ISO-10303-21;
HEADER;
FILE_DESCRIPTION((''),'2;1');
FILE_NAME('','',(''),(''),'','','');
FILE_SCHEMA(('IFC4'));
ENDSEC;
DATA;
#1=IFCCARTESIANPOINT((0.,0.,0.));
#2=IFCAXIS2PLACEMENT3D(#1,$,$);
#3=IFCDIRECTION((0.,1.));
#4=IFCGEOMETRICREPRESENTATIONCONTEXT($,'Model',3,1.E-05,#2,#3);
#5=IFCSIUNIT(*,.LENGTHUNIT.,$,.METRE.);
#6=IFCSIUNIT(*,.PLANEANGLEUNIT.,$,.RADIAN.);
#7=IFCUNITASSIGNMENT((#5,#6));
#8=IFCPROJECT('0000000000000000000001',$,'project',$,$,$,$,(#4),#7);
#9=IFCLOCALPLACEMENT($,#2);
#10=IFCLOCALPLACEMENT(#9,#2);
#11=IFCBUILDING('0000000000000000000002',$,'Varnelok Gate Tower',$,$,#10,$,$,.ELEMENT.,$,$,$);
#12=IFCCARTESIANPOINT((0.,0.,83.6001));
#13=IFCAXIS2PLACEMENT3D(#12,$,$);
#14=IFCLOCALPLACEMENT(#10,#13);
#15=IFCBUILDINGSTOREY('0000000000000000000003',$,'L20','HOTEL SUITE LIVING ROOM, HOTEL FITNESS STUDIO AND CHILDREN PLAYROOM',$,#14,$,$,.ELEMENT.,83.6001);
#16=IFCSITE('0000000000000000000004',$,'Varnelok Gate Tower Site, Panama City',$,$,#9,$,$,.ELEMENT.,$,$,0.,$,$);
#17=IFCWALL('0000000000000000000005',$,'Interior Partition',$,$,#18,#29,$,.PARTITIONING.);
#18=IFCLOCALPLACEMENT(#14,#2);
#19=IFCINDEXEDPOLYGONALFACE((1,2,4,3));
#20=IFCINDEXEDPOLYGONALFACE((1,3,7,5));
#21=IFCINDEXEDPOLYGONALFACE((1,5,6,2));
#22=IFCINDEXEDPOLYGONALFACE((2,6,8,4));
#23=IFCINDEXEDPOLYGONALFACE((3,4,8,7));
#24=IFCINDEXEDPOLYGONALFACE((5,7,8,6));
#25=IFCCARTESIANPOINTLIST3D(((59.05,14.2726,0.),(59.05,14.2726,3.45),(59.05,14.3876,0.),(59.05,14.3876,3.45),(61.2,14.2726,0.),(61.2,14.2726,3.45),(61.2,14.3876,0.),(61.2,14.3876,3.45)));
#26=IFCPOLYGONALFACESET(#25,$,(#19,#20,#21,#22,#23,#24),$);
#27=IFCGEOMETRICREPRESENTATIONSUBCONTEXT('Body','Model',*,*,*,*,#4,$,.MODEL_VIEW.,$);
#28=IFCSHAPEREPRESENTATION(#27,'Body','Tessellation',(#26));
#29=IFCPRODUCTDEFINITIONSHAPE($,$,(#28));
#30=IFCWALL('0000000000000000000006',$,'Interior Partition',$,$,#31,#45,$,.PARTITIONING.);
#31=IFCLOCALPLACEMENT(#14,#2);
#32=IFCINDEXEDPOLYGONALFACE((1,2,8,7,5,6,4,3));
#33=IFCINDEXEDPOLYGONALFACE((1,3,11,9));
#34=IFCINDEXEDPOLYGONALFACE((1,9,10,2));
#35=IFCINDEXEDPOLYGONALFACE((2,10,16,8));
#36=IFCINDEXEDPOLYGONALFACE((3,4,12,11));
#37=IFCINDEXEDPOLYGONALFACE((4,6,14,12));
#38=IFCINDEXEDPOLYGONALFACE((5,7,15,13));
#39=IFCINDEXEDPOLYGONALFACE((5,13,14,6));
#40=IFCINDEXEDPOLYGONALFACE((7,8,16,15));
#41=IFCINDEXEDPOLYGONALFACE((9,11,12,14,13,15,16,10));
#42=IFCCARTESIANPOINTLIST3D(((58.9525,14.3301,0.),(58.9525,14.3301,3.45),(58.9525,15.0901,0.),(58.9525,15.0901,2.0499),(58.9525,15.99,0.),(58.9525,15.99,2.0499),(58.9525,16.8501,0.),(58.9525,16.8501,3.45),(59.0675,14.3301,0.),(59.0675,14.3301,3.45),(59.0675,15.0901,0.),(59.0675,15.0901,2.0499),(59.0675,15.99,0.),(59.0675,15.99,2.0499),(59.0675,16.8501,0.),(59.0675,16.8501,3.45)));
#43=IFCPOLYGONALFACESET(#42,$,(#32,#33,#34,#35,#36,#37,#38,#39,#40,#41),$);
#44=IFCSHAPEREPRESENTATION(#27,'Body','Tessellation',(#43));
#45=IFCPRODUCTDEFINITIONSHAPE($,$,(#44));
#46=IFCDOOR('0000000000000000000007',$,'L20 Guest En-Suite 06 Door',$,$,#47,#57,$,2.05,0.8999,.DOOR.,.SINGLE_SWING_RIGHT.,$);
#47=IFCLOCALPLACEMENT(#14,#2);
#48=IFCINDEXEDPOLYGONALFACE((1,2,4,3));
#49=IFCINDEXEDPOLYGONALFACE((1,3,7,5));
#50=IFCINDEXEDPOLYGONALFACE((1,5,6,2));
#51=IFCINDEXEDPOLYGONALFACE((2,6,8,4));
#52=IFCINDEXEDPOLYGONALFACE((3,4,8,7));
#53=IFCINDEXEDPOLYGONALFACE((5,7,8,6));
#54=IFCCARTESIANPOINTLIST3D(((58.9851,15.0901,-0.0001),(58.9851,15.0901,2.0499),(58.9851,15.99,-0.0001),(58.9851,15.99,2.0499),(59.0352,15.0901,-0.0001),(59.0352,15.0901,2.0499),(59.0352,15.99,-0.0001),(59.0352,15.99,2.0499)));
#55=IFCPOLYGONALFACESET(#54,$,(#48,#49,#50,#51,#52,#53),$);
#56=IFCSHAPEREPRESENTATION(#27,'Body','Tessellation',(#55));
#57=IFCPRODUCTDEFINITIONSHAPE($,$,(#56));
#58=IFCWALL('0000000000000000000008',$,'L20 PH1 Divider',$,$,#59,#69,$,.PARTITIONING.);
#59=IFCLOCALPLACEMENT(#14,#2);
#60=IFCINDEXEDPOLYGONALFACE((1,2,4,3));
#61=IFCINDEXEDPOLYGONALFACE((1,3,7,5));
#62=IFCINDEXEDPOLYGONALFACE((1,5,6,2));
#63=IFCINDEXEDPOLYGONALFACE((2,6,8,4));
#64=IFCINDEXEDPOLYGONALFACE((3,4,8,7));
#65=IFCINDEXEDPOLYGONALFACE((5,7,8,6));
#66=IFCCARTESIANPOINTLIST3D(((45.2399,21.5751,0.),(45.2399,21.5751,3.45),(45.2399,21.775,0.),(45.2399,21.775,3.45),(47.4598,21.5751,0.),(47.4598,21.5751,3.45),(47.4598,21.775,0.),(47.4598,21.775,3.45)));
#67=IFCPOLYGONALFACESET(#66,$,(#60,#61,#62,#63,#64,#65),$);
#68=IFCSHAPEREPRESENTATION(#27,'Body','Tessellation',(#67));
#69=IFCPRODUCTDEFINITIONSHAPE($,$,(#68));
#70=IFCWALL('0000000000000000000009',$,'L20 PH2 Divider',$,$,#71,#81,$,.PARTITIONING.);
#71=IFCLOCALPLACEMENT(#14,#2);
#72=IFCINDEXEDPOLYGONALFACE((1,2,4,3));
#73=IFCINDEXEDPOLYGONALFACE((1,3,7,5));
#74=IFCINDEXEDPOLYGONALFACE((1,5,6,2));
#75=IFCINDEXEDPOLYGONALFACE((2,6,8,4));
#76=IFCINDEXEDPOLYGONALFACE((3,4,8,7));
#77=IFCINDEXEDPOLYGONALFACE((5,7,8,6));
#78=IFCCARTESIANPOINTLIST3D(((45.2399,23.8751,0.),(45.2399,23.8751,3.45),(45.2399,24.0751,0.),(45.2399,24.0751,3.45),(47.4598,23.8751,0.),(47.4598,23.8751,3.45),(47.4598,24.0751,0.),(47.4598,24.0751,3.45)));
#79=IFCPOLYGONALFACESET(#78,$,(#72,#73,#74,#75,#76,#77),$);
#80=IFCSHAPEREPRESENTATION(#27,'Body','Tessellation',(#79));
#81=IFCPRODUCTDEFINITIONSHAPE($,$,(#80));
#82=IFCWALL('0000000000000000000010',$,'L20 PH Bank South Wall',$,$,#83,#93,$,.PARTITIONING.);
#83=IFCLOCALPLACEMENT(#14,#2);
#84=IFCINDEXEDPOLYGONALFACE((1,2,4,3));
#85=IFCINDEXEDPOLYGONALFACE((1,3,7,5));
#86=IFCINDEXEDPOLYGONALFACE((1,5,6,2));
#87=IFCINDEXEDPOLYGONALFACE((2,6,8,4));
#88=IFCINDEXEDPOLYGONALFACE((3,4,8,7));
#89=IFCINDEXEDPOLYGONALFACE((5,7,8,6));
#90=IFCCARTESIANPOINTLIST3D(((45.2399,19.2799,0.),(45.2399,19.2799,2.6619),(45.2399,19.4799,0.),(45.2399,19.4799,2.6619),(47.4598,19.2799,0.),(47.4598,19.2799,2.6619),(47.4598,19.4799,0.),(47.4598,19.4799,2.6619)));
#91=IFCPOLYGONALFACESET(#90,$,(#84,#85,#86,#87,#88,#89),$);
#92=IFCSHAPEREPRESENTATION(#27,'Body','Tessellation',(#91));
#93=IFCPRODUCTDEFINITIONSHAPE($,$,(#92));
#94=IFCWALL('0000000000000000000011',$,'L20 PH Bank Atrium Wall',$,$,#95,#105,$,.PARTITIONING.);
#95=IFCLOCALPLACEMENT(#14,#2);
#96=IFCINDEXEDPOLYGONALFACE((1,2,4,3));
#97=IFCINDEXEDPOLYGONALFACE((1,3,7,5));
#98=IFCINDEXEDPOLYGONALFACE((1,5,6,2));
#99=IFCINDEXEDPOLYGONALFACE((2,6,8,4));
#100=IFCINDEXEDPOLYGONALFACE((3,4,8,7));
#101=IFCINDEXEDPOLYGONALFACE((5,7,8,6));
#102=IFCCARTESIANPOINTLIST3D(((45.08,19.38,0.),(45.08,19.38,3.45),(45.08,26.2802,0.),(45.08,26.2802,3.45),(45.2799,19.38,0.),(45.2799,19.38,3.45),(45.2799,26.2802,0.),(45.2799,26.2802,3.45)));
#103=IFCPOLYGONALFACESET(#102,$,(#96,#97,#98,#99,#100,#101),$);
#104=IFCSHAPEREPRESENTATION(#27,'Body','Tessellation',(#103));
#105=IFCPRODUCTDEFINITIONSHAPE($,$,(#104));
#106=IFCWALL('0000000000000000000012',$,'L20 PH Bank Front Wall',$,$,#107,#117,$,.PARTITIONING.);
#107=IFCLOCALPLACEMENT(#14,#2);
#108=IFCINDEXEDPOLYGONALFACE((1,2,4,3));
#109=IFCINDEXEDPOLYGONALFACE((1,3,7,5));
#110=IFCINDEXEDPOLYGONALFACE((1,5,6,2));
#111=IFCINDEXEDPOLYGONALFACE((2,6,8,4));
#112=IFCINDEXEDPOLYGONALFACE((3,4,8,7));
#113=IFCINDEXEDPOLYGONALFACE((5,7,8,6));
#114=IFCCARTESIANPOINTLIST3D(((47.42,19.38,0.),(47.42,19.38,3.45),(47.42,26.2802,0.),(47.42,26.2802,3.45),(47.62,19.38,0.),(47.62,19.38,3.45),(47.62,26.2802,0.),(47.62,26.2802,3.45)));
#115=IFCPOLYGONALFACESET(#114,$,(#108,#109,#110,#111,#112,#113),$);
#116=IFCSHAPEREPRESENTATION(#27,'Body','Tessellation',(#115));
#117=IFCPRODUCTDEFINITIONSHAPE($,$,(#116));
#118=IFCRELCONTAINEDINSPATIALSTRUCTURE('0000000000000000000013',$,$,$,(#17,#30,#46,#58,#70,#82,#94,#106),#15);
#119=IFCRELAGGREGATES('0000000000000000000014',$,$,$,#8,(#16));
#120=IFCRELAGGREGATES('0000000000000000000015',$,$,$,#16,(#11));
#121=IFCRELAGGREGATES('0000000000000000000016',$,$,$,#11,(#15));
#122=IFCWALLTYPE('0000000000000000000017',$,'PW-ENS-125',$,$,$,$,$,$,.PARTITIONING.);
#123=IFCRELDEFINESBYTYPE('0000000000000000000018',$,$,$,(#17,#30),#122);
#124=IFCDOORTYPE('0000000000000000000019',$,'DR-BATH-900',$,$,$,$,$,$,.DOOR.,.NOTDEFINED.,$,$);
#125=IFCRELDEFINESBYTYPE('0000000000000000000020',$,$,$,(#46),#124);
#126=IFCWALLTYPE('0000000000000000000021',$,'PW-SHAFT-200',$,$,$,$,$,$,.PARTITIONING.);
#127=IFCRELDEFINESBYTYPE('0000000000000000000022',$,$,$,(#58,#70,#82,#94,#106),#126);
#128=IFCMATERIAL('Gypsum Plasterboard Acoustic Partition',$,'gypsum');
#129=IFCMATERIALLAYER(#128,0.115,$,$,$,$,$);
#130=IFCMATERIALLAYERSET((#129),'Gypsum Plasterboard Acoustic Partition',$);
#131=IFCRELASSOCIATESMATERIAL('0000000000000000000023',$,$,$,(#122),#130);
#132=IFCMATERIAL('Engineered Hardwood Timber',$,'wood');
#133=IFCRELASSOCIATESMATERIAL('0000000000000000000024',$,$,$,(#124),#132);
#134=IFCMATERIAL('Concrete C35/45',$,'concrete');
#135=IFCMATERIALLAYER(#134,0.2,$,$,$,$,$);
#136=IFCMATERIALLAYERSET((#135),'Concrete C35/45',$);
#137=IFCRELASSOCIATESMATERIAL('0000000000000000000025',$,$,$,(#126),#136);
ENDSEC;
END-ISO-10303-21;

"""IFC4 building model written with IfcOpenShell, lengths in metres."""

from ifc_helpers import new_model, si_unit, direction, frame, frame_2d, origin, place, context, subcontext, project, spatial, rectangle, extrude, material, layer, layer_set, type_object, element, fill, save


model = new_model("IFC4")

# Units and contexts
model_context = context("Model", 3, precision=1e-05, world=origin(), true_north=direction((0.0, 1.0)))
body_context = subcontext(model_context, "Body", "Model", "MODEL_VIEW")
ifc_project = project(units=[si_unit("LENGTHUNIT", "METRE"), si_unit("PLANEANGLEUNIT", "RADIAN")], contexts=[model_context])

# Site, building, storey
site_placement = place(None, origin())
site = spatial("IfcSite", under=ifc_project, at=site_placement, Name="Varnelok Gate Tower Site, Panama City", CompositionType="ELEMENT", RefElevation=0.0)
building_placement = place(site_placement, origin())
building = spatial("IfcBuilding", under=site, at=building_placement, Name="Varnelok Gate Tower", CompositionType="ELEMENT")
storey_placement = place(building_placement, frame((0.0, 0.0, 83.6001)))
storey = spatial("IfcBuildingStorey", under=building, at=storey_placement, Name="L20", Description="HOTEL SUITE LIVING ROOM, HOTEL FITNESS STUDIO AND CHILDREN PLAYROOM", CompositionType="ELEMENT", Elevation=83.6001)

# Shared definitions
ifc_material_1 = material(Name="Gypsum Plasterboard Acoustic Partition", Category="gypsum")
ifc_material_2 = material(Name="Engineered Hardwood Timber", Category="wood")

# Wall
ifc_layer_1 = layer(ifc_material_1, 0.115)
ifc_layer_set_1 = layer_set([ifc_layer_1], Name="Gypsum Plasterboard Acoustic Partition")
wall_type_1 = type_object("IfcWallType", Name="PW-ENS-125", PredefinedType="PARTITIONING", material=ifc_layer_set_1)
wall_1_placement = place(storey_placement, frame((59.05, 14.3301, 0.0), z_axis=(0.0, 0.0, 1.0), x_axis=(1.0, 0.0, 0.0)))
element("IfcWall", 1, at=wall_1_placement, inside=storey, type_object=wall_type_1, Name="Interior Partition", PredefinedType="PARTITIONING", context=body_context, shape_type="SweptSolid", body=[
    extrude(rectangle(XDim=2.1499, YDim=0.115, at=frame_2d((1.075, 0.0))), origin(), (0.0, 0.0, 1.0), 3.45),
])

# Wall, opening, door
wall_2_placement = place(storey_placement, frame((59.01, 14.3301, 0.0), z_axis=(0.0, 0.0, 1.0), x_axis=(0.0, 1.0, 0.0)))
wall_2 = element("IfcWall", 2, at=wall_2_placement, inside=storey, type_object=wall_type_1, Name="Interior Partition", PredefinedType="PARTITIONING", context=body_context, shape_type="SweptSolid", body=[
    extrude(rectangle(XDim=2.52, YDim=0.115, at=frame_2d((1.26, 0.0))), origin(), (0.0, 0.0, 1.0), 3.45),
])
opening_1_placement = place(wall_2_placement, frame((0.76, 0.0, 0.0)))
opening_1 = element("IfcOpeningElement", 3, at=opening_1_placement, cuts=wall_2, PredefinedType="OPENING", context=body_context, shape_type="SweptSolid", body=[
    extrude(rectangle(XDim=0.8999, YDim=2.05, at=frame_2d((0.45, 1.0249))), frame((0.0, 0.0674, 0.0), z_axis=(0.0, -1.0, 0.0), x_axis=(1.0, 0.0, 0.0)), (0.0, 0.0, 1.0), 0.135),
])
door_type_1 = type_object("IfcDoorType", Name="DR-BATH-900", OperationType="NOTDEFINED", PredefinedType="DOOR", material=ifc_material_2)
door_1_placement = place(opening_1_placement, origin())
door_1 = element("IfcDoor", 4, at=door_1_placement, inside=storey, type_object=door_type_1, Name="L20 Guest En-Suite 06 Door", OperationType="SINGLE_SWING_RIGHT", OverallHeight=2.05, OverallWidth=0.8999, PredefinedType="DOOR", context=body_context, shape_type="SweptSolid", body=[
    extrude(rectangle(XDim=0.8999, YDim=2.05, at=frame_2d((0.45, 1.0249))), frame((0.0, 0.0249, 0.0), z_axis=(0.0, -1.0, 0.0), x_axis=(1.0, 0.0, 0.0)), (0.0, 0.0, 1.0), 0.05),
])
fill(opening_1, door_1)

# Walls
ifc_material_3 = material(Name="Concrete C35/45", Category="concrete")
ifc_layer_2 = layer(ifc_material_3, 0.2)
ifc_layer_set_2 = layer_set([ifc_layer_2], Name="Concrete C35/45")
wall_type_2 = type_object("IfcWallType", Name="PW-SHAFT-200", PredefinedType="PARTITIONING", material=ifc_layer_set_2)
for number, where, z_axis, x_axis, name in (
    (5, (45.24, 21.675, 0.0), (0.0, 0.0, 1.0), (1.0, 0.0, 0.0), "L20 PH1 Divider"),
    (6, (45.24, 23.9751, 0.0), (0.0, 0.0, 1.0), (1.0, 0.0, 0.0), "L20 PH2 Divider"),
):
    element("IfcWall", number, at=place(storey_placement, frame(where, z_axis=z_axis, x_axis=x_axis)), inside=storey, type_object=wall_type_2, Name=name, PredefinedType="PARTITIONING", context=body_context, shape_type="SweptSolid", body=[
        extrude(rectangle(XDim=2.22, YDim=0.2, at=frame_2d((1.1099, 0.0))), origin(), (0.0, 0.0, 1.0), 3.45),
    ])
wall_3_placement = place(storey_placement, frame((45.24, 19.3799, 0.0), z_axis=(0.0, 0.0, 1.0), x_axis=(1.0, 0.0, 0.0)))
element("IfcWall", 7, at=wall_3_placement, inside=storey, type_object=wall_type_2, Name="L20 PH Bank South Wall", PredefinedType="PARTITIONING", context=body_context, shape_type="SweptSolid", body=[
    extrude(rectangle(XDim=2.22, YDim=0.2, at=frame_2d((1.1099, 0.0))), origin(), (0.0, 0.0, 1.0), 2.6619),
])
for number, where, z_axis, x_axis, name in (
    (8, (45.1799, 19.3799, 0.0), (0.0, 0.0, 1.0), (0.0, 1.0, 0.0), "L20 PH Bank Atrium Wall"),
    (9, (47.52, 19.3799, 0.0), (0.0, 0.0, 1.0), (0.0, 1.0, 0.0), "L20 PH Bank Front Wall"),
):
    element("IfcWall", number, at=place(storey_placement, frame(where, z_axis=z_axis, x_axis=x_axis)), inside=storey, type_object=wall_type_2, Name=name, PredefinedType="PARTITIONING", context=body_context, shape_type="SweptSolid", body=[
        extrude(rectangle(XDim=6.9001, YDim=0.2, at=frame_2d((3.4502, 0.0))), origin(), (0.0, 0.0, 1.0), 3.45),
    ])

save(model, "model.ifc")
